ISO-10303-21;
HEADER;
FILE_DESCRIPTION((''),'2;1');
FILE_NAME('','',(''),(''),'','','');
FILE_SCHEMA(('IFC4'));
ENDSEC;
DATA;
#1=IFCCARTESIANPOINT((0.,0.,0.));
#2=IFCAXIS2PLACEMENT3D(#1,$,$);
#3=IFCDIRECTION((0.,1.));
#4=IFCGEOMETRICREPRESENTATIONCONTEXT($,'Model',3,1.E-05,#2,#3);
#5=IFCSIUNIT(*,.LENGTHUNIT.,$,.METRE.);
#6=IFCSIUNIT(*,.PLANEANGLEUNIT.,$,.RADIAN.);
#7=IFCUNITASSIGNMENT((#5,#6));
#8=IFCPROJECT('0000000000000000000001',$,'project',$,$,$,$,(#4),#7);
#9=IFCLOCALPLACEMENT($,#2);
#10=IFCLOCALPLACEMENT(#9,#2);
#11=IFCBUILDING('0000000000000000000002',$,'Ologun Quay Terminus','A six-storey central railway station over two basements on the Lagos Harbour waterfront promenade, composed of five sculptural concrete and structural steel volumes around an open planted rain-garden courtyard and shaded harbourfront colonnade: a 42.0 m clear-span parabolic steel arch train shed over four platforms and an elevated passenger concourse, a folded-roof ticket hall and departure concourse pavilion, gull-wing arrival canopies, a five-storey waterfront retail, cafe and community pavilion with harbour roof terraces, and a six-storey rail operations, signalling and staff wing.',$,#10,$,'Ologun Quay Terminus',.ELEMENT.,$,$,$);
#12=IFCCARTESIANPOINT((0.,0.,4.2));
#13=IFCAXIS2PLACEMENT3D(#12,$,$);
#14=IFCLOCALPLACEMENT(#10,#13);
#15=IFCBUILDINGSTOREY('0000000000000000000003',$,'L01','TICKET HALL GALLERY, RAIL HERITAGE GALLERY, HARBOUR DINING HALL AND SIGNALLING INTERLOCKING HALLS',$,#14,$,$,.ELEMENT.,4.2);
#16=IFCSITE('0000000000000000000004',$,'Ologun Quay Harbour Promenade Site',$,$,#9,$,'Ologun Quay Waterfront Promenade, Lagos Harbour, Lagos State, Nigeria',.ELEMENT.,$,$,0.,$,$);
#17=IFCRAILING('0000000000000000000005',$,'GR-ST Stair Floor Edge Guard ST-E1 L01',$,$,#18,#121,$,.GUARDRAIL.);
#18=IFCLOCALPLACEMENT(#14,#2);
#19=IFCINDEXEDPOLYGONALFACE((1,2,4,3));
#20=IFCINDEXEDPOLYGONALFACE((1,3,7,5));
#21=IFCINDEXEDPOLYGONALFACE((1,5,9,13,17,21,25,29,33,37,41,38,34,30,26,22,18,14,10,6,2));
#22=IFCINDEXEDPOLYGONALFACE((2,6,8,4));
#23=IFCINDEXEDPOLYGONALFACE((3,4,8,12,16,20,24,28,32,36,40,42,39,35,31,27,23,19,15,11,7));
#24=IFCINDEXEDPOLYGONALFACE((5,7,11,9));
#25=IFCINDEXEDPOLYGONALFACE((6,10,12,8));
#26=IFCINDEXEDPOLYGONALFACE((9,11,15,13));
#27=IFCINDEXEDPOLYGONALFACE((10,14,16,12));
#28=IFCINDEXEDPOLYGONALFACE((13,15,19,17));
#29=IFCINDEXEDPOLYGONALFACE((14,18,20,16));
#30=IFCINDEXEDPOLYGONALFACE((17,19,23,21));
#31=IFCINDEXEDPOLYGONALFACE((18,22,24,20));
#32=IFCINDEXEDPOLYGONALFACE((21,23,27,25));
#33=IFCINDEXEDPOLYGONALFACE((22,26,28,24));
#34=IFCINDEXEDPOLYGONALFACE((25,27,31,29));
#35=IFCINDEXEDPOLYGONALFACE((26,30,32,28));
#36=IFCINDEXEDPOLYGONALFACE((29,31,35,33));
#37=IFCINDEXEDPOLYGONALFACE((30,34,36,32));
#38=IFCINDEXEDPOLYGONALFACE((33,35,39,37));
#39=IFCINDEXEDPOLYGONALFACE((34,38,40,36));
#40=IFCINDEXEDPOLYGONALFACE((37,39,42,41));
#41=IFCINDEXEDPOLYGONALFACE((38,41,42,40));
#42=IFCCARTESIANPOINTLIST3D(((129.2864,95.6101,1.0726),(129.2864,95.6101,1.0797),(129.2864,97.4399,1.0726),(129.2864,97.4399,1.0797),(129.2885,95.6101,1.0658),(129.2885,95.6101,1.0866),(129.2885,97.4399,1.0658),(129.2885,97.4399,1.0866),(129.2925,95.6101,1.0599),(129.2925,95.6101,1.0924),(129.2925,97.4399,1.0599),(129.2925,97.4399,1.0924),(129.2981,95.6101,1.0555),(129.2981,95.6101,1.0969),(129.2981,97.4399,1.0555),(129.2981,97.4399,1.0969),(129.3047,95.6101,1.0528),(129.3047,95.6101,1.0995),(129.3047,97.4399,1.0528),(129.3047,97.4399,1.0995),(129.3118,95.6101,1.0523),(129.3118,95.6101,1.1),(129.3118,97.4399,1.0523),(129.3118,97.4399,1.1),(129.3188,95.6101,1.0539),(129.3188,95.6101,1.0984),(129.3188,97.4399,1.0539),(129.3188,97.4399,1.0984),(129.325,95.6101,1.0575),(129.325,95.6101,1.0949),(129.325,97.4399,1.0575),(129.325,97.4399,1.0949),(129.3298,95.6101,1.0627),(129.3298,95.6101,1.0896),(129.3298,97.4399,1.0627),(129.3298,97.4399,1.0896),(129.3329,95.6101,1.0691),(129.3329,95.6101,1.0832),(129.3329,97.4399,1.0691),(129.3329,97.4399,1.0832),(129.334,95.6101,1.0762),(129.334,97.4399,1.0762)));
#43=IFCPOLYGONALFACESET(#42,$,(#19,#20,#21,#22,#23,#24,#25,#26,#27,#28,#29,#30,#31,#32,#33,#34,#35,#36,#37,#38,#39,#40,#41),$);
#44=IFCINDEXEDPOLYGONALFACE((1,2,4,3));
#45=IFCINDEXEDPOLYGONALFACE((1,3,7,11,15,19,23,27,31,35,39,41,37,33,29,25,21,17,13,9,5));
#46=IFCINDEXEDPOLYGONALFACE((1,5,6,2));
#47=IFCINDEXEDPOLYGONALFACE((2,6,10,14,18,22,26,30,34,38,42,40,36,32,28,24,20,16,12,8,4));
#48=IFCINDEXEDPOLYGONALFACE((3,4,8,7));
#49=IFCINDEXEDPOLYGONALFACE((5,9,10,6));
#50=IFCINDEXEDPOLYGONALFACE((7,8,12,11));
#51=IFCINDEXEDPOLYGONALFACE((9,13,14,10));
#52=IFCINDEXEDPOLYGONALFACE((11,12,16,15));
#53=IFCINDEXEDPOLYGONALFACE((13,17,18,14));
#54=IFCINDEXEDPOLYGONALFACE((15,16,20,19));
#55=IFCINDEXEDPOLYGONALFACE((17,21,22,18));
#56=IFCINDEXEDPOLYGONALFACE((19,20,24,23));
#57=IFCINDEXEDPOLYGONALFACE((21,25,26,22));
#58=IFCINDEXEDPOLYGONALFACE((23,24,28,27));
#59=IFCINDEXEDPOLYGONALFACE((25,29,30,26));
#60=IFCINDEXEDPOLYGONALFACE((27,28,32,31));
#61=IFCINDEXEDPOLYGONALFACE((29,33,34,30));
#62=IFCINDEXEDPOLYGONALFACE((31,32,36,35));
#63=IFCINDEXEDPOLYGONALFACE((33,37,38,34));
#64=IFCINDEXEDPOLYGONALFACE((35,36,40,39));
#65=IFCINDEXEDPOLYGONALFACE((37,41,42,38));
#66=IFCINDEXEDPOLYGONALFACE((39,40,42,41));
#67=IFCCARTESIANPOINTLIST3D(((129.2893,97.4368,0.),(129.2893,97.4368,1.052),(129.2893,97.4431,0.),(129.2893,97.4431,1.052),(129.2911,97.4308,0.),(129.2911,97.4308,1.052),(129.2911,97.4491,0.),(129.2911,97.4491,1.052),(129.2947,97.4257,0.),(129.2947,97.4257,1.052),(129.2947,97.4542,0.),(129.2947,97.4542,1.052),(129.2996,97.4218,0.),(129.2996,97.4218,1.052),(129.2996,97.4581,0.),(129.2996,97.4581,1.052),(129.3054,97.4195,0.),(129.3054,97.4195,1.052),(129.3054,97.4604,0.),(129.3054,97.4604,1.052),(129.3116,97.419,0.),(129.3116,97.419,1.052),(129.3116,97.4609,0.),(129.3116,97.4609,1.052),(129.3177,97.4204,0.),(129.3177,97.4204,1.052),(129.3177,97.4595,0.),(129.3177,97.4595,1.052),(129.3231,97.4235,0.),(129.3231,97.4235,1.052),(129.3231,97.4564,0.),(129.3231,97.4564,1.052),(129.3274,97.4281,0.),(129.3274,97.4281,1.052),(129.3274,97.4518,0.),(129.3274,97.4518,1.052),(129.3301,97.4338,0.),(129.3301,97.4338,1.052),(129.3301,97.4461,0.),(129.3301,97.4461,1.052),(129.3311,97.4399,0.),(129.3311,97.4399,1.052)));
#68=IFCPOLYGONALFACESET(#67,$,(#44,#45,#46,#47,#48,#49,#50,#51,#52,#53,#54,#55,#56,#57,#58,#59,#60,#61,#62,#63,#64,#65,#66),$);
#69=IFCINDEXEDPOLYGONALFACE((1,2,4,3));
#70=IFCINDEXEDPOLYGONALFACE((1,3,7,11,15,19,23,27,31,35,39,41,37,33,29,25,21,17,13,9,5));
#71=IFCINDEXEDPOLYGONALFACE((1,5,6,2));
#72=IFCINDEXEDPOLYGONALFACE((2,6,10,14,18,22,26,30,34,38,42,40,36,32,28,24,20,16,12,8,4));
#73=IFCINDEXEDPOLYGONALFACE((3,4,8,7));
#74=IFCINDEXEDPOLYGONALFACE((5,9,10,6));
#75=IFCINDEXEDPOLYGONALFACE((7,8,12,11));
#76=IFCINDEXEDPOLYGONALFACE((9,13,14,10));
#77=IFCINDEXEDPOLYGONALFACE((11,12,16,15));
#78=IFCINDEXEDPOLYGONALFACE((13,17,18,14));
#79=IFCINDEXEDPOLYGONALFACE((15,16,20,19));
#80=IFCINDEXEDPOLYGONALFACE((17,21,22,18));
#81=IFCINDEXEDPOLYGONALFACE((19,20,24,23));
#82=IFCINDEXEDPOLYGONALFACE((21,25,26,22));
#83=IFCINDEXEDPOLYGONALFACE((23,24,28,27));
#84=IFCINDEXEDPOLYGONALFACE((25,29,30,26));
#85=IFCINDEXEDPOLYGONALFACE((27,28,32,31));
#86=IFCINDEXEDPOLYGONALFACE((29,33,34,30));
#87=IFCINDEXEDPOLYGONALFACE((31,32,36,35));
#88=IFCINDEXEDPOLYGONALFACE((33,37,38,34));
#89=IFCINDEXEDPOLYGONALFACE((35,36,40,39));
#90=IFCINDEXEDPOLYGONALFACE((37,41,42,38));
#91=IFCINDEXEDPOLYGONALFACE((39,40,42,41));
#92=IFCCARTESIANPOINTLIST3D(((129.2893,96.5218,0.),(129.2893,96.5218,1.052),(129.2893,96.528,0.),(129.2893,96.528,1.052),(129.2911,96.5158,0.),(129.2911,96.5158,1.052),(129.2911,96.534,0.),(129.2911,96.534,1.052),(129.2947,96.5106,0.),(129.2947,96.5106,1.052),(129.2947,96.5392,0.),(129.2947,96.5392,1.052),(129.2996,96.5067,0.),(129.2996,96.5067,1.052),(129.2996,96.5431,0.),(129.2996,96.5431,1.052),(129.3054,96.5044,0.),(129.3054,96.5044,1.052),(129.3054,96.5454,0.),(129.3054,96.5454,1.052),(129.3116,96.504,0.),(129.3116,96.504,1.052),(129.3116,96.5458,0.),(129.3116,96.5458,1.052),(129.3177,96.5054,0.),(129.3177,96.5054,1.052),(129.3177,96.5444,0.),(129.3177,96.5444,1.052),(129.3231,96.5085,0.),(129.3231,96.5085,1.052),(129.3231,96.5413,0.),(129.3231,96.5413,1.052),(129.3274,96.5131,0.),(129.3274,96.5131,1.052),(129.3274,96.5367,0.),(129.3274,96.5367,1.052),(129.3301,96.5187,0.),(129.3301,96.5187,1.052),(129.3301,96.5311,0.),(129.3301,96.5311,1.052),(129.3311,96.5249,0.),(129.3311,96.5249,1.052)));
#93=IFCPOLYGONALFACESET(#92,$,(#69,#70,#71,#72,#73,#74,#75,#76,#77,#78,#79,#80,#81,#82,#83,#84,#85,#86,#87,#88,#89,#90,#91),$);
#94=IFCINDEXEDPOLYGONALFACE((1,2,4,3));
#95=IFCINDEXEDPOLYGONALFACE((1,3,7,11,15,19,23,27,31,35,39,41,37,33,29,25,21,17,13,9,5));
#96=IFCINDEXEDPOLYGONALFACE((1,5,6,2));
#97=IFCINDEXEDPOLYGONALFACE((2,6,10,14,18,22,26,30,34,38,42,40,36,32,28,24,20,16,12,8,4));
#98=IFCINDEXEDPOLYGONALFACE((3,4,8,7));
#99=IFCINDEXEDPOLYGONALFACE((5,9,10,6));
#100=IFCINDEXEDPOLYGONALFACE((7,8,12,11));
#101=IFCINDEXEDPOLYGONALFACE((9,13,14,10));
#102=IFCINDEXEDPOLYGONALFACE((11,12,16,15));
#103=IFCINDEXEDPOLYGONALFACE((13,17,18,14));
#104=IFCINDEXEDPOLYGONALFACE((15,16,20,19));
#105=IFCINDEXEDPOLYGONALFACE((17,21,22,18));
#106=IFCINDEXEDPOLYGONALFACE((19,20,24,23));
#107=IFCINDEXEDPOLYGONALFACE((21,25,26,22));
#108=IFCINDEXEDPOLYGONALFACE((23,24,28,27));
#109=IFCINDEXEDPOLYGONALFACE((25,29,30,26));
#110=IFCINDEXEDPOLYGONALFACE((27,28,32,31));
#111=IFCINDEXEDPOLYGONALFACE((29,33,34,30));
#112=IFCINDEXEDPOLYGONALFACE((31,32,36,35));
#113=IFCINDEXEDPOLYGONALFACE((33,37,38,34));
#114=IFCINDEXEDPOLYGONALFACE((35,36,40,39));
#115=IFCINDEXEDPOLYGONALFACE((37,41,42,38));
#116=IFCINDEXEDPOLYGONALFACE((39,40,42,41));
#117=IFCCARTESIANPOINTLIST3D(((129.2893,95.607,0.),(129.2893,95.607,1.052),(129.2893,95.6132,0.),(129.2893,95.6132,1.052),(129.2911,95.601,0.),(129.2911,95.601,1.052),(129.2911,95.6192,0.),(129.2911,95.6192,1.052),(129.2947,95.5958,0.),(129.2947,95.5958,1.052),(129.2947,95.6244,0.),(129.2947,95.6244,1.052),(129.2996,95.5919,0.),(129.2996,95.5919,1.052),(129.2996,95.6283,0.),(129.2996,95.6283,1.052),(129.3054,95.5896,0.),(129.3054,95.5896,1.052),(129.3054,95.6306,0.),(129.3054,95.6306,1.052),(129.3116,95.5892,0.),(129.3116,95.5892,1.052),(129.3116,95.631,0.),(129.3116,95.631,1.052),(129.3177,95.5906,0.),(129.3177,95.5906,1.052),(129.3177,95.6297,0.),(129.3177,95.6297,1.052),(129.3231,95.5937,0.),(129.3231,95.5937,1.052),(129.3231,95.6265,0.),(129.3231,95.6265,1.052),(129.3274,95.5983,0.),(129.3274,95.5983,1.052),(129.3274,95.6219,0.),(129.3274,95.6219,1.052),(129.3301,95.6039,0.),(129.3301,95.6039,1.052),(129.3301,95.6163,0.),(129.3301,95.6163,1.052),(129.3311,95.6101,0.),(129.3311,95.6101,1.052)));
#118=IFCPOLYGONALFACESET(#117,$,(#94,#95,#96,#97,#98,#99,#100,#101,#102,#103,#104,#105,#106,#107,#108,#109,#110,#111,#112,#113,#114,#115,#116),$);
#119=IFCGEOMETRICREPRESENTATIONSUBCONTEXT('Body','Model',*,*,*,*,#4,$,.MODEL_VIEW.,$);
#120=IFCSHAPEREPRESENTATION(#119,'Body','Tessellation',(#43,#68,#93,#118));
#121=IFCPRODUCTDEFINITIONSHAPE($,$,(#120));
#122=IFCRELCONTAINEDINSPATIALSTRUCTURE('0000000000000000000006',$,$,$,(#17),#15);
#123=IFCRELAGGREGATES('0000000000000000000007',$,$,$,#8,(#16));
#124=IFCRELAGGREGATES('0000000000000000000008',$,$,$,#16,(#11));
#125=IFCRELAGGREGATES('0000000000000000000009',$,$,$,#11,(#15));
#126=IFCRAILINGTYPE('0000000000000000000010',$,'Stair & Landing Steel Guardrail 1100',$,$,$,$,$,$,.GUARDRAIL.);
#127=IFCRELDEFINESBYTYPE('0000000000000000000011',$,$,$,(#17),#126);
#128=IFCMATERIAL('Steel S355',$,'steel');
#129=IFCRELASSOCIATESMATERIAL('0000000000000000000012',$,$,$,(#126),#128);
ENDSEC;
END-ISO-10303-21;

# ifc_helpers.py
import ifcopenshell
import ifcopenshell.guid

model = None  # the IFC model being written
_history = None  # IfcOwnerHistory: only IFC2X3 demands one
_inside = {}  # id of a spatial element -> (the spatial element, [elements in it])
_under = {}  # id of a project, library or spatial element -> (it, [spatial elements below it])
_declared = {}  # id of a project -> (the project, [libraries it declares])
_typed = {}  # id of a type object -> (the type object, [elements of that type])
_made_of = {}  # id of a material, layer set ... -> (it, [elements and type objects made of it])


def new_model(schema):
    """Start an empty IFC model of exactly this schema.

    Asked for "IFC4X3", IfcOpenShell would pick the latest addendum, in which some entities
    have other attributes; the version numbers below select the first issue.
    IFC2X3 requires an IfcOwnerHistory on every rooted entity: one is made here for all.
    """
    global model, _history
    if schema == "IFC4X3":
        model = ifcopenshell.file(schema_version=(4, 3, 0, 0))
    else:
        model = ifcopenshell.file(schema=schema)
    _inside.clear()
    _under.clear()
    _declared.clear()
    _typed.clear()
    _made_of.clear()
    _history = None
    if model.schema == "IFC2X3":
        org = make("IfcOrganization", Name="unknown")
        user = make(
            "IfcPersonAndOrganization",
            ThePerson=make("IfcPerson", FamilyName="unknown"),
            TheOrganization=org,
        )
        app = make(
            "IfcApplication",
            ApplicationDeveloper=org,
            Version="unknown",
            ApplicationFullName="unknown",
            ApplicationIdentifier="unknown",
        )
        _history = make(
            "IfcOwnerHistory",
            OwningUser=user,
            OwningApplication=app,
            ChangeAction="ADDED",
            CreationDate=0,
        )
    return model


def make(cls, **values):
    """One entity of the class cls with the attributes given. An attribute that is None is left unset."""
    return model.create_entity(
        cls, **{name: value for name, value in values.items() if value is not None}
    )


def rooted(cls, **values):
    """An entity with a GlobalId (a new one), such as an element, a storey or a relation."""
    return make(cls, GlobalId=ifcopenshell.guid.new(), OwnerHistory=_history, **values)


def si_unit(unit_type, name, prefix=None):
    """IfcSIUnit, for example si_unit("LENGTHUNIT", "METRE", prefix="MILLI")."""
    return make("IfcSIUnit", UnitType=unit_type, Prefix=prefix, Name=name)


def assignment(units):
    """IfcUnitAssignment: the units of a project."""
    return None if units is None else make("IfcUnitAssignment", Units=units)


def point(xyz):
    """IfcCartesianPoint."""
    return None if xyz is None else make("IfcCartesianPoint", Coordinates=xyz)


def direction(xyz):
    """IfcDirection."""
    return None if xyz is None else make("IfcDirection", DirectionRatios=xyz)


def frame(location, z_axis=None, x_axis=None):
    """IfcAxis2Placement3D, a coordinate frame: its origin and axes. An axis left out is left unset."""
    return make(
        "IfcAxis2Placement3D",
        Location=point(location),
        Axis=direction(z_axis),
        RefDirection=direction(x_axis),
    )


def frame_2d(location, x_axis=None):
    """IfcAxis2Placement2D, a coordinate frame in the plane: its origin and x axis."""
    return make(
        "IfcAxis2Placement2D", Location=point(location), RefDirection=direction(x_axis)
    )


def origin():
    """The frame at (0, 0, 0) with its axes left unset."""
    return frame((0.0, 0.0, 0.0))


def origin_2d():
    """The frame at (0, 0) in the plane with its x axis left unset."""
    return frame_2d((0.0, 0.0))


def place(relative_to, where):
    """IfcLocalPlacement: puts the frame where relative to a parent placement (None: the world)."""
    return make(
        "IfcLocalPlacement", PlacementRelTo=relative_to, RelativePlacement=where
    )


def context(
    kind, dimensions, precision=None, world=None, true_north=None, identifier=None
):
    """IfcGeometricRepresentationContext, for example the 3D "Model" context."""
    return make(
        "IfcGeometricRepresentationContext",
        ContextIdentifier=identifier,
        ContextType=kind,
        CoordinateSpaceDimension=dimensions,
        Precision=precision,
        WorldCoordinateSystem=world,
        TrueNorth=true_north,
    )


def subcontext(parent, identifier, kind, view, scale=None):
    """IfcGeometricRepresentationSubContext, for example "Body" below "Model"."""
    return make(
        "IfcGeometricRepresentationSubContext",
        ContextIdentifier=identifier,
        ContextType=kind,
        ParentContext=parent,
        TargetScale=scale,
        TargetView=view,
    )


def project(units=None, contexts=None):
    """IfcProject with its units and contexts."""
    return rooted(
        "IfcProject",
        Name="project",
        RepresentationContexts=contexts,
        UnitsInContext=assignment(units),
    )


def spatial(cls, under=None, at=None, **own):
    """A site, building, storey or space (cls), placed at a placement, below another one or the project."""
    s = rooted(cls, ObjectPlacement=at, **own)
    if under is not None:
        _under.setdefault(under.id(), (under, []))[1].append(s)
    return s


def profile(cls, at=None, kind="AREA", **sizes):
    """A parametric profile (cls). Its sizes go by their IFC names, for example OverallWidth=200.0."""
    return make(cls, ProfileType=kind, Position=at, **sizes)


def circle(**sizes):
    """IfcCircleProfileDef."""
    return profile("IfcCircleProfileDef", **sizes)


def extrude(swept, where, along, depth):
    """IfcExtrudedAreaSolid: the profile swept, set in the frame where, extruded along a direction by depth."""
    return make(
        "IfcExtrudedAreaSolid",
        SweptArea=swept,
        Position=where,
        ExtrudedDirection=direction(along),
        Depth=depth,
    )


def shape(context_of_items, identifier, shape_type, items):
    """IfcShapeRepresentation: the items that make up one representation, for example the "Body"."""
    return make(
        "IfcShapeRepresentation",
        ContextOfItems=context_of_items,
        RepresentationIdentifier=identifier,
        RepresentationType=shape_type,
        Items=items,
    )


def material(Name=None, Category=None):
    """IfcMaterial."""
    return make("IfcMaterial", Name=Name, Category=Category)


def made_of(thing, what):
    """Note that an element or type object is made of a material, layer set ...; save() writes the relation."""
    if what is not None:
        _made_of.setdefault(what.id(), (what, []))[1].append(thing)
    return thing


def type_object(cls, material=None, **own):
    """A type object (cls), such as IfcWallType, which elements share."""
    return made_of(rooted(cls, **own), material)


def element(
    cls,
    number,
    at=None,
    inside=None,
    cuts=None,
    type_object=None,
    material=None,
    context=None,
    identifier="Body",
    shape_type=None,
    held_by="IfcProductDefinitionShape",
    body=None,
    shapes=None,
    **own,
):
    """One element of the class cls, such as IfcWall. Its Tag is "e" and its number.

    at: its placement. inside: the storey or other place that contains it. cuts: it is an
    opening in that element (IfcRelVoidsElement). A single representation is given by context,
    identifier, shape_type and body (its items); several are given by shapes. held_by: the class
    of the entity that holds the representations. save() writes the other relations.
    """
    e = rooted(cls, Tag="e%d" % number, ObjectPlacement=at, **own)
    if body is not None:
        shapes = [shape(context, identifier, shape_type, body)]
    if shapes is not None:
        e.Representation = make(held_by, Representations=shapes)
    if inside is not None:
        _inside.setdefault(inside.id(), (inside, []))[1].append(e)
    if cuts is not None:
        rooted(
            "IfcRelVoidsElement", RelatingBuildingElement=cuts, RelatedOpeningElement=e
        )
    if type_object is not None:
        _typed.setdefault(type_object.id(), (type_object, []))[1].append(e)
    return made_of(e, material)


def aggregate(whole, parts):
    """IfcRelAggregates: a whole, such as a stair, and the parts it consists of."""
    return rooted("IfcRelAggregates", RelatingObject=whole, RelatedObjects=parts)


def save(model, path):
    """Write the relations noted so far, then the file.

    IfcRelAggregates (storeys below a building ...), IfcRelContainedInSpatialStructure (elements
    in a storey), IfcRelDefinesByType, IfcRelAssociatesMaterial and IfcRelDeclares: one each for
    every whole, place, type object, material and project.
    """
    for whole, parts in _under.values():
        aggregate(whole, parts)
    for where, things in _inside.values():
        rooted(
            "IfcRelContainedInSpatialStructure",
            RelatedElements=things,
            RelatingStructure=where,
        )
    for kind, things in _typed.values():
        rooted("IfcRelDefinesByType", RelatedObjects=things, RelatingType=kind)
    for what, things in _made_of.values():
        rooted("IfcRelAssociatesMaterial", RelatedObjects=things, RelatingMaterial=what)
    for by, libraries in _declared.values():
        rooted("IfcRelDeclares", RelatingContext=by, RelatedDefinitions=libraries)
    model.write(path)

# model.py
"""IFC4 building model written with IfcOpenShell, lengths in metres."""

from ifc_helpers import new_model, si_unit, direction, frame, origin, origin_2d, place, context, subcontext, project, spatial, circle, extrude, material, type_object, element, save


model = new_model("IFC4")

# Units and contexts
model_context = context("Model", 3, precision=1e-05, world=origin(), true_north=direction((0.0, 1.0)))
body_context = subcontext(model_context, "Body", "Model", "MODEL_VIEW")
ifc_project = project(units=[si_unit("LENGTHUNIT", "METRE"), si_unit("PLANEANGLEUNIT", "RADIAN")], contexts=[model_context])

# Site, building, storey
site_placement = place(None, origin())
site = spatial("IfcSite", under=ifc_project, at=site_placement, Name="Ologun Quay Harbour Promenade Site", LongName="Ologun Quay Waterfront Promenade, Lagos Harbour, Lagos State, Nigeria", CompositionType="ELEMENT", RefElevation=0.0)
building_placement = place(site_placement, origin())
building = spatial("IfcBuilding", under=site, at=building_placement, Name="Ologun Quay Terminus", Description="A six-storey central railway station over two basements on the Lagos Harbour waterfront promenade, composed of five sculptural concrete and structural steel volumes around an open planted rain-garden courtyard and shaded harbourfront colonnade: a 42.0 m clear-span parabolic steel arch train shed over four platforms and an elevated passenger concourse, a folded-roof ticket hall and departure concourse pavilion, gull-wing arrival canopies, a five-storey waterfront retail, cafe and community pavilion with harbour roof terraces, and a six-storey rail operations, signalling and staff wing.", LongName="Ologun Quay Terminus", CompositionType="ELEMENT")
storey_placement = place(building_placement, frame((0.0, 0.0, 4.2)))
storey = spatial("IfcBuildingStorey", under=building, at=storey_placement, Name="L01", Description="TICKET HALL GALLERY, RAIL HERITAGE GALLERY, HARBOUR DINING HALL AND SIGNALLING INTERLOCKING HALLS", CompositionType="ELEMENT", Elevation=4.2)

# Railing
ifc_material_1 = material(Name="Steel S355", Category="steel")
railing_type_1 = type_object("IfcRailingType", Name="Stair & Landing Steel Guardrail 1100", PredefinedType="GUARDRAIL", material=ifc_material_1)
railing_1_placement = place(storey_placement, frame((129.3101, 97.4399, 0.0)))
element("IfcRailing", 1, at=railing_1_placement, inside=storey, type_object=railing_type_1, Name="GR-ST Stair Floor Edge Guard ST-E1 L01", PredefinedType="GUARDRAIL", context=body_context, shape_type="SweptSolid", body=[
    extrude(circle(Radius=0.0239, at=origin_2d()), frame((0.0, 0.0, 1.0762), z_axis=(0.0, -1.0, 0.0), x_axis=(1.0, 0.0, 0.0)), (0.0, 0.0, 1.0), 1.8298),
    extrude(circle(Radius=0.021, at=origin_2d()), origin(), (0.0, 0.0, 1.0), 1.052),
    extrude(circle(Radius=0.021, at=origin_2d()), frame((0.0, -0.915, 0.0)), (0.0, 0.0, 1.0), 1.052),
    extrude(circle(Radius=0.021, at=origin_2d()), frame((0.0, -1.8298, 0.0)), (0.0, 0.0, 1.0), 1.052),
])

save(model, "model.ifc")
